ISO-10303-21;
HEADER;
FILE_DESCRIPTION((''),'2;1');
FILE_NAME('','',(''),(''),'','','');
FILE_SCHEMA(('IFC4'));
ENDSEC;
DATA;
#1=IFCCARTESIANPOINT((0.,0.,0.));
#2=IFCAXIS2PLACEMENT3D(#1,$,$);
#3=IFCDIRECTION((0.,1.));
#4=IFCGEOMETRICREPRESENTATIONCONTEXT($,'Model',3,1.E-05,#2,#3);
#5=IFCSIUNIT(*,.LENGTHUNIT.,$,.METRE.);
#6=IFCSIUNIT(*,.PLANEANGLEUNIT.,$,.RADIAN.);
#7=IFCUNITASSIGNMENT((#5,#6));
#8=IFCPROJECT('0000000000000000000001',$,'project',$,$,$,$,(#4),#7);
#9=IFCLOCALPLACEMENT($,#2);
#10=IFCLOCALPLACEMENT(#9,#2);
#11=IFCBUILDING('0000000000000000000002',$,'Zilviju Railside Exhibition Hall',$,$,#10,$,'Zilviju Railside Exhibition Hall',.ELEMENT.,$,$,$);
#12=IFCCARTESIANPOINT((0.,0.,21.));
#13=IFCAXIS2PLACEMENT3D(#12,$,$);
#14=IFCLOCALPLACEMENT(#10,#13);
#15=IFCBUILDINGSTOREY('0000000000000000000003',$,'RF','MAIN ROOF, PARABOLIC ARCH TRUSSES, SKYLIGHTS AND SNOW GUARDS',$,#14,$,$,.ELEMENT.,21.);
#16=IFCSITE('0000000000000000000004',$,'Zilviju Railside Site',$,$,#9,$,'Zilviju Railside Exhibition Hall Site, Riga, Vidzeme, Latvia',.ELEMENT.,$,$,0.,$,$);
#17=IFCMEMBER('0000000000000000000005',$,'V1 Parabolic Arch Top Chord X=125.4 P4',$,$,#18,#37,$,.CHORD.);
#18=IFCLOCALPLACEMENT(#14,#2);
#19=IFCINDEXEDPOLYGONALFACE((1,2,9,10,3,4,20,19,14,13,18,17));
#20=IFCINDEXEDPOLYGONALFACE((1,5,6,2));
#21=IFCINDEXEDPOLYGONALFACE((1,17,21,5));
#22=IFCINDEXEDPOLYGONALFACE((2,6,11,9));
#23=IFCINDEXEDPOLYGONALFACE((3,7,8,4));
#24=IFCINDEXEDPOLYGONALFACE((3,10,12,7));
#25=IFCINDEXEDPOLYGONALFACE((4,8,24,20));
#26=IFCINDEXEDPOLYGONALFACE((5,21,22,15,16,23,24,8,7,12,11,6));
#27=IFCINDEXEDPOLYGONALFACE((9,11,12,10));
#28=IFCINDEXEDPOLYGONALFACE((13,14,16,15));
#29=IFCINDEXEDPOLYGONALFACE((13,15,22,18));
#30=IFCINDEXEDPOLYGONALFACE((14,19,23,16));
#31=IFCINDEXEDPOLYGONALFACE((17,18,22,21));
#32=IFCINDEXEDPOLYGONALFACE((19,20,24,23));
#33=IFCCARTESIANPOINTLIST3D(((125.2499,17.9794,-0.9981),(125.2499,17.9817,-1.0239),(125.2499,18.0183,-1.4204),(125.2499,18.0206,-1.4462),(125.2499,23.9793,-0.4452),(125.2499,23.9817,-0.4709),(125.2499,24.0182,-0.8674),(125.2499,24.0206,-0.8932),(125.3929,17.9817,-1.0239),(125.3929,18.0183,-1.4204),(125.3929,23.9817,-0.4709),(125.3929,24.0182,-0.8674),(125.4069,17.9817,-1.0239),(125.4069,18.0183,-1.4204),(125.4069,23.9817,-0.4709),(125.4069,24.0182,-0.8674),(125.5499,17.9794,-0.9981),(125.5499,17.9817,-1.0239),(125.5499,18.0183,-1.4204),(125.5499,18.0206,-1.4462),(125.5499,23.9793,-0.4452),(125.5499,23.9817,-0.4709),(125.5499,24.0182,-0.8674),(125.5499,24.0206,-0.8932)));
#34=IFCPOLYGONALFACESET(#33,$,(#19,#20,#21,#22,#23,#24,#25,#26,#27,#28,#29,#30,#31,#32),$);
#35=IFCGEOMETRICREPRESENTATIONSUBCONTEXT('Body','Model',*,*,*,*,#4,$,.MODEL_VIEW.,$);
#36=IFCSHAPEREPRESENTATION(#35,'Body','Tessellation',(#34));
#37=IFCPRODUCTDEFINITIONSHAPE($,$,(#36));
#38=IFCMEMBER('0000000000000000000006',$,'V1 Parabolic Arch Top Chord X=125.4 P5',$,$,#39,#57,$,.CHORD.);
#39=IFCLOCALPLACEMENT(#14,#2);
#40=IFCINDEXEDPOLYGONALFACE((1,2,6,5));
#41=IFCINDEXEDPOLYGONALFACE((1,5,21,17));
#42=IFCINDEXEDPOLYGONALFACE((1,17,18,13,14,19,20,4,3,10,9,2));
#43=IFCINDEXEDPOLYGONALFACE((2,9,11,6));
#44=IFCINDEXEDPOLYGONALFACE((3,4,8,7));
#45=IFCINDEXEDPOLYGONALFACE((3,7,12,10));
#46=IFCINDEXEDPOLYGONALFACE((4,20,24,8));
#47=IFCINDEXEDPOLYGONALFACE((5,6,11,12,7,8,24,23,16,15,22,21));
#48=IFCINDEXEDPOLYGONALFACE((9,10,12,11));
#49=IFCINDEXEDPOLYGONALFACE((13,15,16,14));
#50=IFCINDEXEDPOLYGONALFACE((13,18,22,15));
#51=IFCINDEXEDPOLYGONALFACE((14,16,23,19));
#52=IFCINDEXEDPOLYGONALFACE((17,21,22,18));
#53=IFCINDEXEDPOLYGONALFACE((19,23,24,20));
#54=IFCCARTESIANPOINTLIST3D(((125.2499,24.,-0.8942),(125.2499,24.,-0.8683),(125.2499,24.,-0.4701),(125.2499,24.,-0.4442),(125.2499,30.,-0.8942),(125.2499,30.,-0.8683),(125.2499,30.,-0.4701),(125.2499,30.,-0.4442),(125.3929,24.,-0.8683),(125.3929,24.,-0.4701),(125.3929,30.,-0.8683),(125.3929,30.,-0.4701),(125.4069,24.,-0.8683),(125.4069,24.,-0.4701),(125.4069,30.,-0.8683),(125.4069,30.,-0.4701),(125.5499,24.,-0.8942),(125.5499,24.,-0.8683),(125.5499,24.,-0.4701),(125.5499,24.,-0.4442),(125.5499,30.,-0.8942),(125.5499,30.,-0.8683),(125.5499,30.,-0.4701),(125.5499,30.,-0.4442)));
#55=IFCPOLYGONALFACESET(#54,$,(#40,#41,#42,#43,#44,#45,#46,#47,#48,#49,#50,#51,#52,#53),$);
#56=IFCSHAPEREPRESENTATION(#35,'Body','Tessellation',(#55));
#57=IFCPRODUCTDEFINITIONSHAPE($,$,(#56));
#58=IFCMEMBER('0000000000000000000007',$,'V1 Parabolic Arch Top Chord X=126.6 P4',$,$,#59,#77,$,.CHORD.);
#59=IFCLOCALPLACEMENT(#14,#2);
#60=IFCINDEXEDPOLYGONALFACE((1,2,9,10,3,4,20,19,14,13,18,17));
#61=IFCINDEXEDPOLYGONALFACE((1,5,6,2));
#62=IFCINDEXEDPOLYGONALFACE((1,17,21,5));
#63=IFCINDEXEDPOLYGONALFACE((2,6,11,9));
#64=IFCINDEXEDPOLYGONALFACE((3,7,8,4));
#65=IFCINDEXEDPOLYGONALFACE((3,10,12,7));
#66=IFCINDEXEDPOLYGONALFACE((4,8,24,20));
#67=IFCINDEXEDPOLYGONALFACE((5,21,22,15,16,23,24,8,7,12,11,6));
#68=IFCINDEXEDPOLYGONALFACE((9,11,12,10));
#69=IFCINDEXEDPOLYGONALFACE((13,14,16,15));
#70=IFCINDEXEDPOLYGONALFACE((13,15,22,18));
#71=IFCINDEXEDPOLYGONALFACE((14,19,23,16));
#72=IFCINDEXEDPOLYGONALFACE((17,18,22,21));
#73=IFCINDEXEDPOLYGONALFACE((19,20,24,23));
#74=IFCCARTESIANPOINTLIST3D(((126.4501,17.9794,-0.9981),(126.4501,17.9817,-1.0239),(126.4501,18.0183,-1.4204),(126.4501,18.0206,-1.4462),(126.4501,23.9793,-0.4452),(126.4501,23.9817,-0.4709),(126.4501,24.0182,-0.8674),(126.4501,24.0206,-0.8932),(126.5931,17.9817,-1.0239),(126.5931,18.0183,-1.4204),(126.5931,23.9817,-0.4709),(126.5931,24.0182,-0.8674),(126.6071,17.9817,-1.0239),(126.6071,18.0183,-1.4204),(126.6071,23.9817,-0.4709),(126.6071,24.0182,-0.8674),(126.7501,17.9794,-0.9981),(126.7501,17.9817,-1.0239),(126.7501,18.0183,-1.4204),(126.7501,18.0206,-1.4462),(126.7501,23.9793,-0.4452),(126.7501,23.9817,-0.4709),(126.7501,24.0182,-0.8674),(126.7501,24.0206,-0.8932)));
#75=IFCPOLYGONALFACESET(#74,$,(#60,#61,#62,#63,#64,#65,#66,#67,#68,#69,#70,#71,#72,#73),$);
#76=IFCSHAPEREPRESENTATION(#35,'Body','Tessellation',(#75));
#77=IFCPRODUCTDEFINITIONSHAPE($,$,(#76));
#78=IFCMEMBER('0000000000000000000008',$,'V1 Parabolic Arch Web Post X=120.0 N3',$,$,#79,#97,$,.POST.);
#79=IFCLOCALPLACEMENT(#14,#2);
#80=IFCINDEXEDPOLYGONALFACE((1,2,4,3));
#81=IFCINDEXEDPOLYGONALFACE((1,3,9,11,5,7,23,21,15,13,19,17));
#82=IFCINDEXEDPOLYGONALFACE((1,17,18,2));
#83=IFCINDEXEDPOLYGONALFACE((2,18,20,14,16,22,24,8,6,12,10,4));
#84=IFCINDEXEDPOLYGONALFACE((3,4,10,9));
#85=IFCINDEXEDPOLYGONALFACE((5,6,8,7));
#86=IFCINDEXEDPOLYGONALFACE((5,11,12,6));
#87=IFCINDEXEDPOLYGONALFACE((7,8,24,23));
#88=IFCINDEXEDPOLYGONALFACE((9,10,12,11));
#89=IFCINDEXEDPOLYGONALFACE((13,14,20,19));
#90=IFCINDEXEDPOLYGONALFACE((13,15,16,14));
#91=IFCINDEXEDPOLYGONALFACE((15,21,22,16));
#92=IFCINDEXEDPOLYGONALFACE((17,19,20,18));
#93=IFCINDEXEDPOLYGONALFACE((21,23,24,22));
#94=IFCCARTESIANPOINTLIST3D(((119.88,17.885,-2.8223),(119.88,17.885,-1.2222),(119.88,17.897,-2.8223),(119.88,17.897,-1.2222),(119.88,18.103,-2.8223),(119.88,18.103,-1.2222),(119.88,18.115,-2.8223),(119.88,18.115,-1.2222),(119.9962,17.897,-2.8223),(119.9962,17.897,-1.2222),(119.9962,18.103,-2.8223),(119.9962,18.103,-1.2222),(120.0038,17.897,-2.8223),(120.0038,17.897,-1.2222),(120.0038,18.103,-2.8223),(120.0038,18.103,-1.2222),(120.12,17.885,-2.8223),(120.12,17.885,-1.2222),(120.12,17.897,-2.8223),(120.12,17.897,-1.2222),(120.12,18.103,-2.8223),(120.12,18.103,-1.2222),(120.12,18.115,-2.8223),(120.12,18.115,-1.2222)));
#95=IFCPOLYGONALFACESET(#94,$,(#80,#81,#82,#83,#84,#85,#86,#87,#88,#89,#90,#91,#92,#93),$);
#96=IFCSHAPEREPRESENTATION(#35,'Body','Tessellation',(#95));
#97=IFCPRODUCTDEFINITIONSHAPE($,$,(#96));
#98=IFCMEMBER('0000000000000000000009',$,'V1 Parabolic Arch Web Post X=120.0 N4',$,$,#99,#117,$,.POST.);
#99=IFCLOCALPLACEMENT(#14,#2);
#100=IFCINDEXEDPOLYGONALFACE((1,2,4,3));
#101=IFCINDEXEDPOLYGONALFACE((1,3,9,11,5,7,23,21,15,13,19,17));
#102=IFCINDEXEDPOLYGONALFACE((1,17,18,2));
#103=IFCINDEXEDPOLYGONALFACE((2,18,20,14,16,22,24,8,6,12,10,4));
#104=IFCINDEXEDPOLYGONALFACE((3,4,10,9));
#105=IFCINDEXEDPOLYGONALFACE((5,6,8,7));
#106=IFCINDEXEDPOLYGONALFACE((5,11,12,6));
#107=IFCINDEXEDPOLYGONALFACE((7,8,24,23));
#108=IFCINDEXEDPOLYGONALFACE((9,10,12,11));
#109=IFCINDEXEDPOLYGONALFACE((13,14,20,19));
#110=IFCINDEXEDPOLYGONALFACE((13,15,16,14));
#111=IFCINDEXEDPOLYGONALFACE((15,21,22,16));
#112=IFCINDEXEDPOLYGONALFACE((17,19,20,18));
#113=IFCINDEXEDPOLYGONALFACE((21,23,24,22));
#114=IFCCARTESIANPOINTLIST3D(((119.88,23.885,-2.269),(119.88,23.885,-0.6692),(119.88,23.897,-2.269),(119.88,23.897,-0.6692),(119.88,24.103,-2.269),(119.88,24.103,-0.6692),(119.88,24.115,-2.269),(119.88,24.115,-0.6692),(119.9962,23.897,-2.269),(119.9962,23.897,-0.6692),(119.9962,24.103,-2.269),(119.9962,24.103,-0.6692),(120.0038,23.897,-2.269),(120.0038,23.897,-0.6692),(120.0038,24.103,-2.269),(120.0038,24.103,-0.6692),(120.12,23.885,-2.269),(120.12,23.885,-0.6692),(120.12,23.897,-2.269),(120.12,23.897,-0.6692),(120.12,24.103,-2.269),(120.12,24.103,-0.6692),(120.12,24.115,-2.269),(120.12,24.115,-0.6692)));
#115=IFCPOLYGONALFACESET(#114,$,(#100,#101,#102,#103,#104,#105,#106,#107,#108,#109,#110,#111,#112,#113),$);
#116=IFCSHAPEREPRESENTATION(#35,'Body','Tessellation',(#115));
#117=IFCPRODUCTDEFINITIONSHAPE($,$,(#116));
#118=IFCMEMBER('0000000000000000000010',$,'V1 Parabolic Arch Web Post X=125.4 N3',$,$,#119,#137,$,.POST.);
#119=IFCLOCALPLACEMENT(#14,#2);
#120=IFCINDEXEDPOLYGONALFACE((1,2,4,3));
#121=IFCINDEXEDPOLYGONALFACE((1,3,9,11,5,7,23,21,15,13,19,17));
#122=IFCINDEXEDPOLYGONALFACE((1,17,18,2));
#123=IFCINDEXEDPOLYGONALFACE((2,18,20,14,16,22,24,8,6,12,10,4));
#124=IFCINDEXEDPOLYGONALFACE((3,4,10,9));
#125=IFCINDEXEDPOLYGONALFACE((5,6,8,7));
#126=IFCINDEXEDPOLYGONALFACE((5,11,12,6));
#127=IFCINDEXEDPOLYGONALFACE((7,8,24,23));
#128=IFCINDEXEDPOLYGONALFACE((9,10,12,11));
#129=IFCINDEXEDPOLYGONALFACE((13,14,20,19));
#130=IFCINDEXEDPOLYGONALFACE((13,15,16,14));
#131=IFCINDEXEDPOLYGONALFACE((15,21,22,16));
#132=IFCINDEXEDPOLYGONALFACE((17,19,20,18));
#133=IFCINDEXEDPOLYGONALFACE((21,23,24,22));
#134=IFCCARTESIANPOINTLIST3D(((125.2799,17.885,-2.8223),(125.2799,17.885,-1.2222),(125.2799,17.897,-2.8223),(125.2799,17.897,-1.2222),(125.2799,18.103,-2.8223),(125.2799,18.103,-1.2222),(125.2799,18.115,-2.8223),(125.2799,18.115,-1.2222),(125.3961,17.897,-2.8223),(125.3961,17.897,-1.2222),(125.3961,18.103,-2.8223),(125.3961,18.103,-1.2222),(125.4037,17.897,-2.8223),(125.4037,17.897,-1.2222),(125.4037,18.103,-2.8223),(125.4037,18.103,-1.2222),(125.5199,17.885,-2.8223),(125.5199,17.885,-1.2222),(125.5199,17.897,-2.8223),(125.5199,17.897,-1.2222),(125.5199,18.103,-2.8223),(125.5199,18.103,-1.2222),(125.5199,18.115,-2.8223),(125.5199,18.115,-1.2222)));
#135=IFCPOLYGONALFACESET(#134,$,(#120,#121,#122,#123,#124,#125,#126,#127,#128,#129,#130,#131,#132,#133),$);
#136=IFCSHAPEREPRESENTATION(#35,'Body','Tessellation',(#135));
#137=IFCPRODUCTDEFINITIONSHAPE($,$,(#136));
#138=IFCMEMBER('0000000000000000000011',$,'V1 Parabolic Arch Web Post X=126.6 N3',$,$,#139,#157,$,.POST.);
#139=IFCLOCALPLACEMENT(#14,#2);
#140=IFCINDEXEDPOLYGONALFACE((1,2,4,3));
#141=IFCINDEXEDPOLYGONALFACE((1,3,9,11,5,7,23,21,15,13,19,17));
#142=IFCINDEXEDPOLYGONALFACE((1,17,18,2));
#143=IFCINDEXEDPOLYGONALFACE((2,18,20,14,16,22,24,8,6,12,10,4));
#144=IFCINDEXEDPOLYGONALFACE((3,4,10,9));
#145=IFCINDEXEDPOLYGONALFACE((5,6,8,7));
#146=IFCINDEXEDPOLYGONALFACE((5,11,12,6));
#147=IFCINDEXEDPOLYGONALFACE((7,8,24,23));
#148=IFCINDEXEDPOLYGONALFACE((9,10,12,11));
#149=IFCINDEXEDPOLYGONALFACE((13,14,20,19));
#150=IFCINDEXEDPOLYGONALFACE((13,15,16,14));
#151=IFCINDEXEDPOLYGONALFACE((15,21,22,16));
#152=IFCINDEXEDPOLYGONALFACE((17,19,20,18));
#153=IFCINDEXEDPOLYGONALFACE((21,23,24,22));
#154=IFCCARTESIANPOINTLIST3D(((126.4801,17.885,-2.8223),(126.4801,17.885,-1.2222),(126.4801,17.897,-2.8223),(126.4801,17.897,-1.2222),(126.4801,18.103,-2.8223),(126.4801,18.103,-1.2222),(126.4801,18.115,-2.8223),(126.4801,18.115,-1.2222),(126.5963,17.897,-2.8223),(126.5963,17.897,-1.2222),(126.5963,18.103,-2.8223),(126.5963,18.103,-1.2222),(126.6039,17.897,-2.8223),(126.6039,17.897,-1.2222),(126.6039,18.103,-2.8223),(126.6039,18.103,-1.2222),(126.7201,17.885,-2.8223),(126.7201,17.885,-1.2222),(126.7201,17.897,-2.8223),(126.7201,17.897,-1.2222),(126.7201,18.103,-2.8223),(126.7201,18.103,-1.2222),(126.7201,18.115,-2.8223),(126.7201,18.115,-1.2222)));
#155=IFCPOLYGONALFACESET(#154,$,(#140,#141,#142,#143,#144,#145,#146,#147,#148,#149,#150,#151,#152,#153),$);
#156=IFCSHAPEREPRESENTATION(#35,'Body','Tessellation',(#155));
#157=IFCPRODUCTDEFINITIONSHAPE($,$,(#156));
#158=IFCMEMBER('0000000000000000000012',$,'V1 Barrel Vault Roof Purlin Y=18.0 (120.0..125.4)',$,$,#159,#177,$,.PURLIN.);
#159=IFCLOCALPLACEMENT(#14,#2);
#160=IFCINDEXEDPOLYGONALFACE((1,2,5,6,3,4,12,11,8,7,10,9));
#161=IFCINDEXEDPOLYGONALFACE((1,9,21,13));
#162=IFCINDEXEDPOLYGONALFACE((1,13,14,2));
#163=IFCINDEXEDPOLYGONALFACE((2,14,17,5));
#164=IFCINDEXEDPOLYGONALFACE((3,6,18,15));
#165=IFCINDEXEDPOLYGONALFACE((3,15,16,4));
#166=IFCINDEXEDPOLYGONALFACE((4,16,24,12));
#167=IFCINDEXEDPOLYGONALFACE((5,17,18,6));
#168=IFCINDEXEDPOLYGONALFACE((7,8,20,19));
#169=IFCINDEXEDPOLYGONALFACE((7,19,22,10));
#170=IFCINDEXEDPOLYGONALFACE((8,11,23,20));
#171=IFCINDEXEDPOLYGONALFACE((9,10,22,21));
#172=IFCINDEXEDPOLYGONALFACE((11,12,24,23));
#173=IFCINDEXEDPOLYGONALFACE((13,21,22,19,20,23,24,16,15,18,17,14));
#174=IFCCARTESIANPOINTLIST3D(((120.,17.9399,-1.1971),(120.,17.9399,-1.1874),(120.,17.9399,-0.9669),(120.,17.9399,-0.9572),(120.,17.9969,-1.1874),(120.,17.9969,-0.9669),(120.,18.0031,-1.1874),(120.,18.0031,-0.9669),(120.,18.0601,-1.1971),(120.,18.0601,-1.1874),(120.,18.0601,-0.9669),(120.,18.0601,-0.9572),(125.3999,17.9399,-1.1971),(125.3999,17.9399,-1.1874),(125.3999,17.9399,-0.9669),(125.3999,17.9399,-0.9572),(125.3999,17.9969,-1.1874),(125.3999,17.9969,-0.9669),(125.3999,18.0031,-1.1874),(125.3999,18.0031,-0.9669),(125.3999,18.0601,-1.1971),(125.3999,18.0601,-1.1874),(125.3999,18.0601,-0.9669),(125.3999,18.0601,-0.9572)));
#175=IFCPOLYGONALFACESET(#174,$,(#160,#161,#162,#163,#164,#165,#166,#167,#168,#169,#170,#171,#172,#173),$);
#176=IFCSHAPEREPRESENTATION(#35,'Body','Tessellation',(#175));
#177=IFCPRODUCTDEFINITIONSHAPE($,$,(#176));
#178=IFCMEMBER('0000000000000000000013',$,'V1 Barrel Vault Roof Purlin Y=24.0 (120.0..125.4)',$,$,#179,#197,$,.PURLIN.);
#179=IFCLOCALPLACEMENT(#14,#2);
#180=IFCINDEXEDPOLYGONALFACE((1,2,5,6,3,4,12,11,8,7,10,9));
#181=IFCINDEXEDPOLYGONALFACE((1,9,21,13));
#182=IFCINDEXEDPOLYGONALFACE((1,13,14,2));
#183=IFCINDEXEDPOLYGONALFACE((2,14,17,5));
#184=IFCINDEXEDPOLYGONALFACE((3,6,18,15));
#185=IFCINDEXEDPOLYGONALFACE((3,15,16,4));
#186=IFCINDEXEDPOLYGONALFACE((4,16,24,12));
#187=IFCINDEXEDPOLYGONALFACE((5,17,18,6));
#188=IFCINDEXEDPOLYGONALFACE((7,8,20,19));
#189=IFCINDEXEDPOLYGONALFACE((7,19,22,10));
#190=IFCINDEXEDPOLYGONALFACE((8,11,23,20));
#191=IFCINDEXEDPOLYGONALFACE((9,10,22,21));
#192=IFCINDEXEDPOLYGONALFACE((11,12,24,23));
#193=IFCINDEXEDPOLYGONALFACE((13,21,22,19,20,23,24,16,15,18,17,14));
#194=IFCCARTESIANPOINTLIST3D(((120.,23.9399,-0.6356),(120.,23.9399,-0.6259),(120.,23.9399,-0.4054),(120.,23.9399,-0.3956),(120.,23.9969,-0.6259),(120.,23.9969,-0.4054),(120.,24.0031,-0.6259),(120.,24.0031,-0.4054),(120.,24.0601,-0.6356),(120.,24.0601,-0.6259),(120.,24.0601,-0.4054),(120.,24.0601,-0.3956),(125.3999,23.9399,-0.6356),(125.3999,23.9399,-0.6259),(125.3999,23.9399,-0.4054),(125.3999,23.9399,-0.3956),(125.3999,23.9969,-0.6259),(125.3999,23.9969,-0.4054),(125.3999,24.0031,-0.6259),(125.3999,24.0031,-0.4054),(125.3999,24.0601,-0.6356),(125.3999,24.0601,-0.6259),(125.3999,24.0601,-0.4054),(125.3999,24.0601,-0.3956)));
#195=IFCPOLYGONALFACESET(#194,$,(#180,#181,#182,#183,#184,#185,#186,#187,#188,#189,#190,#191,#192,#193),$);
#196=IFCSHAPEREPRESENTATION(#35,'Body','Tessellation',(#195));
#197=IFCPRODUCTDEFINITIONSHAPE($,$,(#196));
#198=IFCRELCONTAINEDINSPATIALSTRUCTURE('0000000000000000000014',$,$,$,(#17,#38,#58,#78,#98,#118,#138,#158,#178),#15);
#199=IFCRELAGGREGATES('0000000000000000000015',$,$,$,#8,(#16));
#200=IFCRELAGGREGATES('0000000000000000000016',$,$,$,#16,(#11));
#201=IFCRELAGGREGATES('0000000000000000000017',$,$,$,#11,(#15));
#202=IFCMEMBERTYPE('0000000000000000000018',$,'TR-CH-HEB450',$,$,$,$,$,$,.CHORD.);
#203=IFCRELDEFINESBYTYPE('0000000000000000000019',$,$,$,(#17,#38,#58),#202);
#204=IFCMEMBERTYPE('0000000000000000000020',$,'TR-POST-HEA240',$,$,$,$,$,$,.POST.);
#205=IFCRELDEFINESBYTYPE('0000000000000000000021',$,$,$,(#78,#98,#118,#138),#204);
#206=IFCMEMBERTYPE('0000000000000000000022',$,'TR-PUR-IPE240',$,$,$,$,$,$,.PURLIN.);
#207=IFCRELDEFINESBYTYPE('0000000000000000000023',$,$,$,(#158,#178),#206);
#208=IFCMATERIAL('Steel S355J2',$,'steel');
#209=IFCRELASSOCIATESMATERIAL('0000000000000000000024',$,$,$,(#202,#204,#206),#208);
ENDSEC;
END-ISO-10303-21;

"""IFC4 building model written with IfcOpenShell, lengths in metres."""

from ifc_helpers import new_model, si_unit, direction, frame, origin, origin_2d, place, context, subcontext, project, spatial, i_section, extrude, material, material_profile, profile_set, type_object, element, save


model = new_model("IFC4")

# Units and contexts
model_context = context("Model", 3, precision=1e-05, world=origin(), true_north=direction((0.0, 1.0)))
body_context = subcontext(model_context, "Body", "Model", "MODEL_VIEW")
ifc_project = project(units=[si_unit("LENGTHUNIT", "METRE"), si_unit("PLANEANGLEUNIT", "RADIAN")], contexts=[model_context])

# Site, building, storey
site_placement = place(None, origin())
site = spatial("IfcSite", under=ifc_project, at=site_placement, Name="Zilviju Railside Site", LongName="Zilviju Railside Exhibition Hall Site, Riga, Vidzeme, Latvia", CompositionType="ELEMENT", RefElevation=0.0)
building_placement = place(site_placement, origin())
building = spatial("IfcBuilding", under=site, at=building_placement, Name="Zilviju Railside Exhibition Hall", LongName="Zilviju Railside Exhibition Hall", CompositionType="ELEMENT")
storey_placement = place(building_placement, frame((0.0, 0.0, 21.0)))
storey = spatial("IfcBuildingStorey", under=building, at=storey_placement, Name="RF", Description="MAIN ROOF, PARABOLIC ARCH TRUSSES, SKYLIGHTS AND SNOW GUARDS", CompositionType="ELEMENT", Elevation=21.0)

# Members
ifc_material_1 = material(Name="Steel S355J2", Category="steel")
ifc_material_profile_1 = material_profile(ifc_material_1, i_section(OverallWidth=0.3, OverallDepth=0.45, WebThickness=0.0139, FlangeThickness=0.0259, at=origin_2d()), Name="HEB 450")
ifc_profile_set_1 = profile_set([ifc_material_profile_1], Name="Steel S355J2")
member_type_1 = type_object("IfcMemberType", Name="TR-CH-HEB450", PredefinedType="CHORD", material=ifc_profile_set_1)
member_1_placement = place(storey_placement, frame((125.3999, 18.0, -1.2222), z_axis=(0.0, 0.99578, 0.091774), x_axis=(-1.0, 0.0, 0.0)))
element("IfcMember", 1, at=member_1_placement, inside=storey, type_object=member_type_1, Name="V1 Parabolic Arch Top Chord X=125.4 P4", PredefinedType="CHORD", context=body_context, shape_type="SweptSolid", body=[
    extrude(i_section(OverallWidth=0.3, OverallDepth=0.45, WebThickness=0.0139, FlangeThickness=0.0259, at=origin_2d()), origin(), (0.0, 0.0, 1.0), 6.0254),
])
member_2_placement = place(storey_placement, frame((125.3999, 24.0, -0.6692), z_axis=(0.0, 1.0, 0.0), x_axis=(-1.0, 0.0, 0.0)))
element("IfcMember", 2, at=member_2_placement, inside=storey, type_object=member_type_1, Name="V1 Parabolic Arch Top Chord X=125.4 P5", PredefinedType="CHORD", context=body_context, shape_type="SweptSolid", body=[
    extrude(i_section(OverallWidth=0.3, OverallDepth=0.45, WebThickness=0.0139, FlangeThickness=0.0259, at=origin_2d()), origin(), (0.0, 0.0, 1.0), 6.0),
])
member_3_placement = place(storey_placement, frame((126.6001, 18.0, -1.2222), z_axis=(0.0, 0.99578, 0.091774), x_axis=(-1.0, 0.0, 0.0)))
element("IfcMember", 3, at=member_3_placement, inside=storey, type_object=member_type_1, Name="V1 Parabolic Arch Top Chord X=126.6 P4", PredefinedType="CHORD", context=body_context, shape_type="SweptSolid", body=[
    extrude(i_section(OverallWidth=0.3, OverallDepth=0.45, WebThickness=0.0139, FlangeThickness=0.0259, at=origin_2d()), origin(), (0.0, 0.0, 1.0), 6.0254),
])
ifc_material_profile_2 = material_profile(ifc_material_1, i_section(OverallWidth=0.24, OverallDepth=0.23, WebThickness=0.0076, FlangeThickness=0.012, at=origin_2d()), Name="HEA 240")
ifc_profile_set_2 = profile_set([ifc_material_profile_2], Name="Steel S355J2")
member_type_2 = type_object("IfcMemberType", Name="TR-POST-HEA240", PredefinedType="POST", material=ifc_profile_set_2)
member_4_placement = place(storey_placement, frame((120.0, 18.0, -2.8223), z_axis=(0.0, 0.0, 1.0), x_axis=(1.0, 0.0, 0.0)))
element("IfcMember", 4, at=member_4_placement, inside=storey, type_object=member_type_2, Name="V1 Parabolic Arch Web Post X=120.0 N3", PredefinedType="POST", context=body_context, shape_type="SweptSolid", body=[
    extrude(i_section(OverallWidth=0.24, OverallDepth=0.23, WebThickness=0.0076, FlangeThickness=0.012, at=origin_2d()), origin(), (0.0, 0.0, 1.0), 1.6001),
])
member_5_placement = place(storey_placement, frame((120.0, 24.0, -2.269), z_axis=(0.0, 0.0, 1.0), x_axis=(1.0, 0.0, 0.0)))
element("IfcMember", 5, at=member_5_placement, inside=storey, type_object=member_type_2, Name="V1 Parabolic Arch Web Post X=120.0 N4", PredefinedType="POST", context=body_context, shape_type="SweptSolid", body=[
    extrude(i_section(OverallWidth=0.24, OverallDepth=0.23, WebThickness=0.0076, FlangeThickness=0.012, at=origin_2d()), origin(), (0.0, 0.0, 1.0), 1.5999),
])
for number, where, z_axis, x_axis, name in (
    (6, (125.3999, 18.0, -2.8223), (0.0, 0.0, 1.0), (1.0, 0.0, 0.0), "V1 Parabolic Arch Web Post X=125.4 N3"),
    (7, (126.6001, 18.0, -2.8223), (0.0, 0.0, 1.0), (1.0, 0.0, 0.0), "V1 Parabolic Arch Web Post X=126.6 N3"),
):
    element("IfcMember", number, at=place(storey_placement, frame(where, z_axis=z_axis, x_axis=x_axis)), inside=storey, type_object=member_type_2, Name=name, PredefinedType="POST", context=body_context, shape_type="SweptSolid", body=[
        extrude(i_section(OverallWidth=0.24, OverallDepth=0.23, WebThickness=0.0076, FlangeThickness=0.012, at=origin_2d()), origin(), (0.0, 0.0, 1.0), 1.6001),
    ])
ifc_material_profile_3 = material_profile(ifc_material_1, i_section(OverallWidth=0.1201, OverallDepth=0.24, WebThickness=0.0061, FlangeThickness=0.0098, at=origin_2d()), Name="IPE 240")
ifc_profile_set_3 = profile_set([ifc_material_profile_3], Name="Steel S355J2")
member_type_3 = type_object("IfcMemberType", Name="TR-PUR-IPE240", PredefinedType="PURLIN", material=ifc_profile_set_3)
for number, where, z_axis, x_axis, name in (
    (8, (120.0, 18.0, -1.0771), (1.0, 0.0, 0.0), (0.0, 1.0, 0.0), "V1 Barrel Vault Roof Purlin Y=18.0 (120.0..125.4)"),
    (9, (120.0, 24.0, -0.5156), (1.0, 0.0, 0.0), (0.0, 1.0, 0.0), "V1 Barrel Vault Roof Purlin Y=24.0 (120.0..125.4)"),
):
    element("IfcMember", number, at=place(storey_placement, frame(where, z_axis=z_axis, x_axis=x_axis)), inside=storey, type_object=member_type_3, Name=name, PredefinedType="PURLIN", context=body_context, shape_type="SweptSolid", body=[
        extrude(i_section(OverallWidth=0.1201, OverallDepth=0.24, WebThickness=0.0061, FlangeThickness=0.0098, at=origin_2d()), origin(), (0.0, 0.0, 1.0), 5.3999),
    ])

save(model, "model.ifc")
